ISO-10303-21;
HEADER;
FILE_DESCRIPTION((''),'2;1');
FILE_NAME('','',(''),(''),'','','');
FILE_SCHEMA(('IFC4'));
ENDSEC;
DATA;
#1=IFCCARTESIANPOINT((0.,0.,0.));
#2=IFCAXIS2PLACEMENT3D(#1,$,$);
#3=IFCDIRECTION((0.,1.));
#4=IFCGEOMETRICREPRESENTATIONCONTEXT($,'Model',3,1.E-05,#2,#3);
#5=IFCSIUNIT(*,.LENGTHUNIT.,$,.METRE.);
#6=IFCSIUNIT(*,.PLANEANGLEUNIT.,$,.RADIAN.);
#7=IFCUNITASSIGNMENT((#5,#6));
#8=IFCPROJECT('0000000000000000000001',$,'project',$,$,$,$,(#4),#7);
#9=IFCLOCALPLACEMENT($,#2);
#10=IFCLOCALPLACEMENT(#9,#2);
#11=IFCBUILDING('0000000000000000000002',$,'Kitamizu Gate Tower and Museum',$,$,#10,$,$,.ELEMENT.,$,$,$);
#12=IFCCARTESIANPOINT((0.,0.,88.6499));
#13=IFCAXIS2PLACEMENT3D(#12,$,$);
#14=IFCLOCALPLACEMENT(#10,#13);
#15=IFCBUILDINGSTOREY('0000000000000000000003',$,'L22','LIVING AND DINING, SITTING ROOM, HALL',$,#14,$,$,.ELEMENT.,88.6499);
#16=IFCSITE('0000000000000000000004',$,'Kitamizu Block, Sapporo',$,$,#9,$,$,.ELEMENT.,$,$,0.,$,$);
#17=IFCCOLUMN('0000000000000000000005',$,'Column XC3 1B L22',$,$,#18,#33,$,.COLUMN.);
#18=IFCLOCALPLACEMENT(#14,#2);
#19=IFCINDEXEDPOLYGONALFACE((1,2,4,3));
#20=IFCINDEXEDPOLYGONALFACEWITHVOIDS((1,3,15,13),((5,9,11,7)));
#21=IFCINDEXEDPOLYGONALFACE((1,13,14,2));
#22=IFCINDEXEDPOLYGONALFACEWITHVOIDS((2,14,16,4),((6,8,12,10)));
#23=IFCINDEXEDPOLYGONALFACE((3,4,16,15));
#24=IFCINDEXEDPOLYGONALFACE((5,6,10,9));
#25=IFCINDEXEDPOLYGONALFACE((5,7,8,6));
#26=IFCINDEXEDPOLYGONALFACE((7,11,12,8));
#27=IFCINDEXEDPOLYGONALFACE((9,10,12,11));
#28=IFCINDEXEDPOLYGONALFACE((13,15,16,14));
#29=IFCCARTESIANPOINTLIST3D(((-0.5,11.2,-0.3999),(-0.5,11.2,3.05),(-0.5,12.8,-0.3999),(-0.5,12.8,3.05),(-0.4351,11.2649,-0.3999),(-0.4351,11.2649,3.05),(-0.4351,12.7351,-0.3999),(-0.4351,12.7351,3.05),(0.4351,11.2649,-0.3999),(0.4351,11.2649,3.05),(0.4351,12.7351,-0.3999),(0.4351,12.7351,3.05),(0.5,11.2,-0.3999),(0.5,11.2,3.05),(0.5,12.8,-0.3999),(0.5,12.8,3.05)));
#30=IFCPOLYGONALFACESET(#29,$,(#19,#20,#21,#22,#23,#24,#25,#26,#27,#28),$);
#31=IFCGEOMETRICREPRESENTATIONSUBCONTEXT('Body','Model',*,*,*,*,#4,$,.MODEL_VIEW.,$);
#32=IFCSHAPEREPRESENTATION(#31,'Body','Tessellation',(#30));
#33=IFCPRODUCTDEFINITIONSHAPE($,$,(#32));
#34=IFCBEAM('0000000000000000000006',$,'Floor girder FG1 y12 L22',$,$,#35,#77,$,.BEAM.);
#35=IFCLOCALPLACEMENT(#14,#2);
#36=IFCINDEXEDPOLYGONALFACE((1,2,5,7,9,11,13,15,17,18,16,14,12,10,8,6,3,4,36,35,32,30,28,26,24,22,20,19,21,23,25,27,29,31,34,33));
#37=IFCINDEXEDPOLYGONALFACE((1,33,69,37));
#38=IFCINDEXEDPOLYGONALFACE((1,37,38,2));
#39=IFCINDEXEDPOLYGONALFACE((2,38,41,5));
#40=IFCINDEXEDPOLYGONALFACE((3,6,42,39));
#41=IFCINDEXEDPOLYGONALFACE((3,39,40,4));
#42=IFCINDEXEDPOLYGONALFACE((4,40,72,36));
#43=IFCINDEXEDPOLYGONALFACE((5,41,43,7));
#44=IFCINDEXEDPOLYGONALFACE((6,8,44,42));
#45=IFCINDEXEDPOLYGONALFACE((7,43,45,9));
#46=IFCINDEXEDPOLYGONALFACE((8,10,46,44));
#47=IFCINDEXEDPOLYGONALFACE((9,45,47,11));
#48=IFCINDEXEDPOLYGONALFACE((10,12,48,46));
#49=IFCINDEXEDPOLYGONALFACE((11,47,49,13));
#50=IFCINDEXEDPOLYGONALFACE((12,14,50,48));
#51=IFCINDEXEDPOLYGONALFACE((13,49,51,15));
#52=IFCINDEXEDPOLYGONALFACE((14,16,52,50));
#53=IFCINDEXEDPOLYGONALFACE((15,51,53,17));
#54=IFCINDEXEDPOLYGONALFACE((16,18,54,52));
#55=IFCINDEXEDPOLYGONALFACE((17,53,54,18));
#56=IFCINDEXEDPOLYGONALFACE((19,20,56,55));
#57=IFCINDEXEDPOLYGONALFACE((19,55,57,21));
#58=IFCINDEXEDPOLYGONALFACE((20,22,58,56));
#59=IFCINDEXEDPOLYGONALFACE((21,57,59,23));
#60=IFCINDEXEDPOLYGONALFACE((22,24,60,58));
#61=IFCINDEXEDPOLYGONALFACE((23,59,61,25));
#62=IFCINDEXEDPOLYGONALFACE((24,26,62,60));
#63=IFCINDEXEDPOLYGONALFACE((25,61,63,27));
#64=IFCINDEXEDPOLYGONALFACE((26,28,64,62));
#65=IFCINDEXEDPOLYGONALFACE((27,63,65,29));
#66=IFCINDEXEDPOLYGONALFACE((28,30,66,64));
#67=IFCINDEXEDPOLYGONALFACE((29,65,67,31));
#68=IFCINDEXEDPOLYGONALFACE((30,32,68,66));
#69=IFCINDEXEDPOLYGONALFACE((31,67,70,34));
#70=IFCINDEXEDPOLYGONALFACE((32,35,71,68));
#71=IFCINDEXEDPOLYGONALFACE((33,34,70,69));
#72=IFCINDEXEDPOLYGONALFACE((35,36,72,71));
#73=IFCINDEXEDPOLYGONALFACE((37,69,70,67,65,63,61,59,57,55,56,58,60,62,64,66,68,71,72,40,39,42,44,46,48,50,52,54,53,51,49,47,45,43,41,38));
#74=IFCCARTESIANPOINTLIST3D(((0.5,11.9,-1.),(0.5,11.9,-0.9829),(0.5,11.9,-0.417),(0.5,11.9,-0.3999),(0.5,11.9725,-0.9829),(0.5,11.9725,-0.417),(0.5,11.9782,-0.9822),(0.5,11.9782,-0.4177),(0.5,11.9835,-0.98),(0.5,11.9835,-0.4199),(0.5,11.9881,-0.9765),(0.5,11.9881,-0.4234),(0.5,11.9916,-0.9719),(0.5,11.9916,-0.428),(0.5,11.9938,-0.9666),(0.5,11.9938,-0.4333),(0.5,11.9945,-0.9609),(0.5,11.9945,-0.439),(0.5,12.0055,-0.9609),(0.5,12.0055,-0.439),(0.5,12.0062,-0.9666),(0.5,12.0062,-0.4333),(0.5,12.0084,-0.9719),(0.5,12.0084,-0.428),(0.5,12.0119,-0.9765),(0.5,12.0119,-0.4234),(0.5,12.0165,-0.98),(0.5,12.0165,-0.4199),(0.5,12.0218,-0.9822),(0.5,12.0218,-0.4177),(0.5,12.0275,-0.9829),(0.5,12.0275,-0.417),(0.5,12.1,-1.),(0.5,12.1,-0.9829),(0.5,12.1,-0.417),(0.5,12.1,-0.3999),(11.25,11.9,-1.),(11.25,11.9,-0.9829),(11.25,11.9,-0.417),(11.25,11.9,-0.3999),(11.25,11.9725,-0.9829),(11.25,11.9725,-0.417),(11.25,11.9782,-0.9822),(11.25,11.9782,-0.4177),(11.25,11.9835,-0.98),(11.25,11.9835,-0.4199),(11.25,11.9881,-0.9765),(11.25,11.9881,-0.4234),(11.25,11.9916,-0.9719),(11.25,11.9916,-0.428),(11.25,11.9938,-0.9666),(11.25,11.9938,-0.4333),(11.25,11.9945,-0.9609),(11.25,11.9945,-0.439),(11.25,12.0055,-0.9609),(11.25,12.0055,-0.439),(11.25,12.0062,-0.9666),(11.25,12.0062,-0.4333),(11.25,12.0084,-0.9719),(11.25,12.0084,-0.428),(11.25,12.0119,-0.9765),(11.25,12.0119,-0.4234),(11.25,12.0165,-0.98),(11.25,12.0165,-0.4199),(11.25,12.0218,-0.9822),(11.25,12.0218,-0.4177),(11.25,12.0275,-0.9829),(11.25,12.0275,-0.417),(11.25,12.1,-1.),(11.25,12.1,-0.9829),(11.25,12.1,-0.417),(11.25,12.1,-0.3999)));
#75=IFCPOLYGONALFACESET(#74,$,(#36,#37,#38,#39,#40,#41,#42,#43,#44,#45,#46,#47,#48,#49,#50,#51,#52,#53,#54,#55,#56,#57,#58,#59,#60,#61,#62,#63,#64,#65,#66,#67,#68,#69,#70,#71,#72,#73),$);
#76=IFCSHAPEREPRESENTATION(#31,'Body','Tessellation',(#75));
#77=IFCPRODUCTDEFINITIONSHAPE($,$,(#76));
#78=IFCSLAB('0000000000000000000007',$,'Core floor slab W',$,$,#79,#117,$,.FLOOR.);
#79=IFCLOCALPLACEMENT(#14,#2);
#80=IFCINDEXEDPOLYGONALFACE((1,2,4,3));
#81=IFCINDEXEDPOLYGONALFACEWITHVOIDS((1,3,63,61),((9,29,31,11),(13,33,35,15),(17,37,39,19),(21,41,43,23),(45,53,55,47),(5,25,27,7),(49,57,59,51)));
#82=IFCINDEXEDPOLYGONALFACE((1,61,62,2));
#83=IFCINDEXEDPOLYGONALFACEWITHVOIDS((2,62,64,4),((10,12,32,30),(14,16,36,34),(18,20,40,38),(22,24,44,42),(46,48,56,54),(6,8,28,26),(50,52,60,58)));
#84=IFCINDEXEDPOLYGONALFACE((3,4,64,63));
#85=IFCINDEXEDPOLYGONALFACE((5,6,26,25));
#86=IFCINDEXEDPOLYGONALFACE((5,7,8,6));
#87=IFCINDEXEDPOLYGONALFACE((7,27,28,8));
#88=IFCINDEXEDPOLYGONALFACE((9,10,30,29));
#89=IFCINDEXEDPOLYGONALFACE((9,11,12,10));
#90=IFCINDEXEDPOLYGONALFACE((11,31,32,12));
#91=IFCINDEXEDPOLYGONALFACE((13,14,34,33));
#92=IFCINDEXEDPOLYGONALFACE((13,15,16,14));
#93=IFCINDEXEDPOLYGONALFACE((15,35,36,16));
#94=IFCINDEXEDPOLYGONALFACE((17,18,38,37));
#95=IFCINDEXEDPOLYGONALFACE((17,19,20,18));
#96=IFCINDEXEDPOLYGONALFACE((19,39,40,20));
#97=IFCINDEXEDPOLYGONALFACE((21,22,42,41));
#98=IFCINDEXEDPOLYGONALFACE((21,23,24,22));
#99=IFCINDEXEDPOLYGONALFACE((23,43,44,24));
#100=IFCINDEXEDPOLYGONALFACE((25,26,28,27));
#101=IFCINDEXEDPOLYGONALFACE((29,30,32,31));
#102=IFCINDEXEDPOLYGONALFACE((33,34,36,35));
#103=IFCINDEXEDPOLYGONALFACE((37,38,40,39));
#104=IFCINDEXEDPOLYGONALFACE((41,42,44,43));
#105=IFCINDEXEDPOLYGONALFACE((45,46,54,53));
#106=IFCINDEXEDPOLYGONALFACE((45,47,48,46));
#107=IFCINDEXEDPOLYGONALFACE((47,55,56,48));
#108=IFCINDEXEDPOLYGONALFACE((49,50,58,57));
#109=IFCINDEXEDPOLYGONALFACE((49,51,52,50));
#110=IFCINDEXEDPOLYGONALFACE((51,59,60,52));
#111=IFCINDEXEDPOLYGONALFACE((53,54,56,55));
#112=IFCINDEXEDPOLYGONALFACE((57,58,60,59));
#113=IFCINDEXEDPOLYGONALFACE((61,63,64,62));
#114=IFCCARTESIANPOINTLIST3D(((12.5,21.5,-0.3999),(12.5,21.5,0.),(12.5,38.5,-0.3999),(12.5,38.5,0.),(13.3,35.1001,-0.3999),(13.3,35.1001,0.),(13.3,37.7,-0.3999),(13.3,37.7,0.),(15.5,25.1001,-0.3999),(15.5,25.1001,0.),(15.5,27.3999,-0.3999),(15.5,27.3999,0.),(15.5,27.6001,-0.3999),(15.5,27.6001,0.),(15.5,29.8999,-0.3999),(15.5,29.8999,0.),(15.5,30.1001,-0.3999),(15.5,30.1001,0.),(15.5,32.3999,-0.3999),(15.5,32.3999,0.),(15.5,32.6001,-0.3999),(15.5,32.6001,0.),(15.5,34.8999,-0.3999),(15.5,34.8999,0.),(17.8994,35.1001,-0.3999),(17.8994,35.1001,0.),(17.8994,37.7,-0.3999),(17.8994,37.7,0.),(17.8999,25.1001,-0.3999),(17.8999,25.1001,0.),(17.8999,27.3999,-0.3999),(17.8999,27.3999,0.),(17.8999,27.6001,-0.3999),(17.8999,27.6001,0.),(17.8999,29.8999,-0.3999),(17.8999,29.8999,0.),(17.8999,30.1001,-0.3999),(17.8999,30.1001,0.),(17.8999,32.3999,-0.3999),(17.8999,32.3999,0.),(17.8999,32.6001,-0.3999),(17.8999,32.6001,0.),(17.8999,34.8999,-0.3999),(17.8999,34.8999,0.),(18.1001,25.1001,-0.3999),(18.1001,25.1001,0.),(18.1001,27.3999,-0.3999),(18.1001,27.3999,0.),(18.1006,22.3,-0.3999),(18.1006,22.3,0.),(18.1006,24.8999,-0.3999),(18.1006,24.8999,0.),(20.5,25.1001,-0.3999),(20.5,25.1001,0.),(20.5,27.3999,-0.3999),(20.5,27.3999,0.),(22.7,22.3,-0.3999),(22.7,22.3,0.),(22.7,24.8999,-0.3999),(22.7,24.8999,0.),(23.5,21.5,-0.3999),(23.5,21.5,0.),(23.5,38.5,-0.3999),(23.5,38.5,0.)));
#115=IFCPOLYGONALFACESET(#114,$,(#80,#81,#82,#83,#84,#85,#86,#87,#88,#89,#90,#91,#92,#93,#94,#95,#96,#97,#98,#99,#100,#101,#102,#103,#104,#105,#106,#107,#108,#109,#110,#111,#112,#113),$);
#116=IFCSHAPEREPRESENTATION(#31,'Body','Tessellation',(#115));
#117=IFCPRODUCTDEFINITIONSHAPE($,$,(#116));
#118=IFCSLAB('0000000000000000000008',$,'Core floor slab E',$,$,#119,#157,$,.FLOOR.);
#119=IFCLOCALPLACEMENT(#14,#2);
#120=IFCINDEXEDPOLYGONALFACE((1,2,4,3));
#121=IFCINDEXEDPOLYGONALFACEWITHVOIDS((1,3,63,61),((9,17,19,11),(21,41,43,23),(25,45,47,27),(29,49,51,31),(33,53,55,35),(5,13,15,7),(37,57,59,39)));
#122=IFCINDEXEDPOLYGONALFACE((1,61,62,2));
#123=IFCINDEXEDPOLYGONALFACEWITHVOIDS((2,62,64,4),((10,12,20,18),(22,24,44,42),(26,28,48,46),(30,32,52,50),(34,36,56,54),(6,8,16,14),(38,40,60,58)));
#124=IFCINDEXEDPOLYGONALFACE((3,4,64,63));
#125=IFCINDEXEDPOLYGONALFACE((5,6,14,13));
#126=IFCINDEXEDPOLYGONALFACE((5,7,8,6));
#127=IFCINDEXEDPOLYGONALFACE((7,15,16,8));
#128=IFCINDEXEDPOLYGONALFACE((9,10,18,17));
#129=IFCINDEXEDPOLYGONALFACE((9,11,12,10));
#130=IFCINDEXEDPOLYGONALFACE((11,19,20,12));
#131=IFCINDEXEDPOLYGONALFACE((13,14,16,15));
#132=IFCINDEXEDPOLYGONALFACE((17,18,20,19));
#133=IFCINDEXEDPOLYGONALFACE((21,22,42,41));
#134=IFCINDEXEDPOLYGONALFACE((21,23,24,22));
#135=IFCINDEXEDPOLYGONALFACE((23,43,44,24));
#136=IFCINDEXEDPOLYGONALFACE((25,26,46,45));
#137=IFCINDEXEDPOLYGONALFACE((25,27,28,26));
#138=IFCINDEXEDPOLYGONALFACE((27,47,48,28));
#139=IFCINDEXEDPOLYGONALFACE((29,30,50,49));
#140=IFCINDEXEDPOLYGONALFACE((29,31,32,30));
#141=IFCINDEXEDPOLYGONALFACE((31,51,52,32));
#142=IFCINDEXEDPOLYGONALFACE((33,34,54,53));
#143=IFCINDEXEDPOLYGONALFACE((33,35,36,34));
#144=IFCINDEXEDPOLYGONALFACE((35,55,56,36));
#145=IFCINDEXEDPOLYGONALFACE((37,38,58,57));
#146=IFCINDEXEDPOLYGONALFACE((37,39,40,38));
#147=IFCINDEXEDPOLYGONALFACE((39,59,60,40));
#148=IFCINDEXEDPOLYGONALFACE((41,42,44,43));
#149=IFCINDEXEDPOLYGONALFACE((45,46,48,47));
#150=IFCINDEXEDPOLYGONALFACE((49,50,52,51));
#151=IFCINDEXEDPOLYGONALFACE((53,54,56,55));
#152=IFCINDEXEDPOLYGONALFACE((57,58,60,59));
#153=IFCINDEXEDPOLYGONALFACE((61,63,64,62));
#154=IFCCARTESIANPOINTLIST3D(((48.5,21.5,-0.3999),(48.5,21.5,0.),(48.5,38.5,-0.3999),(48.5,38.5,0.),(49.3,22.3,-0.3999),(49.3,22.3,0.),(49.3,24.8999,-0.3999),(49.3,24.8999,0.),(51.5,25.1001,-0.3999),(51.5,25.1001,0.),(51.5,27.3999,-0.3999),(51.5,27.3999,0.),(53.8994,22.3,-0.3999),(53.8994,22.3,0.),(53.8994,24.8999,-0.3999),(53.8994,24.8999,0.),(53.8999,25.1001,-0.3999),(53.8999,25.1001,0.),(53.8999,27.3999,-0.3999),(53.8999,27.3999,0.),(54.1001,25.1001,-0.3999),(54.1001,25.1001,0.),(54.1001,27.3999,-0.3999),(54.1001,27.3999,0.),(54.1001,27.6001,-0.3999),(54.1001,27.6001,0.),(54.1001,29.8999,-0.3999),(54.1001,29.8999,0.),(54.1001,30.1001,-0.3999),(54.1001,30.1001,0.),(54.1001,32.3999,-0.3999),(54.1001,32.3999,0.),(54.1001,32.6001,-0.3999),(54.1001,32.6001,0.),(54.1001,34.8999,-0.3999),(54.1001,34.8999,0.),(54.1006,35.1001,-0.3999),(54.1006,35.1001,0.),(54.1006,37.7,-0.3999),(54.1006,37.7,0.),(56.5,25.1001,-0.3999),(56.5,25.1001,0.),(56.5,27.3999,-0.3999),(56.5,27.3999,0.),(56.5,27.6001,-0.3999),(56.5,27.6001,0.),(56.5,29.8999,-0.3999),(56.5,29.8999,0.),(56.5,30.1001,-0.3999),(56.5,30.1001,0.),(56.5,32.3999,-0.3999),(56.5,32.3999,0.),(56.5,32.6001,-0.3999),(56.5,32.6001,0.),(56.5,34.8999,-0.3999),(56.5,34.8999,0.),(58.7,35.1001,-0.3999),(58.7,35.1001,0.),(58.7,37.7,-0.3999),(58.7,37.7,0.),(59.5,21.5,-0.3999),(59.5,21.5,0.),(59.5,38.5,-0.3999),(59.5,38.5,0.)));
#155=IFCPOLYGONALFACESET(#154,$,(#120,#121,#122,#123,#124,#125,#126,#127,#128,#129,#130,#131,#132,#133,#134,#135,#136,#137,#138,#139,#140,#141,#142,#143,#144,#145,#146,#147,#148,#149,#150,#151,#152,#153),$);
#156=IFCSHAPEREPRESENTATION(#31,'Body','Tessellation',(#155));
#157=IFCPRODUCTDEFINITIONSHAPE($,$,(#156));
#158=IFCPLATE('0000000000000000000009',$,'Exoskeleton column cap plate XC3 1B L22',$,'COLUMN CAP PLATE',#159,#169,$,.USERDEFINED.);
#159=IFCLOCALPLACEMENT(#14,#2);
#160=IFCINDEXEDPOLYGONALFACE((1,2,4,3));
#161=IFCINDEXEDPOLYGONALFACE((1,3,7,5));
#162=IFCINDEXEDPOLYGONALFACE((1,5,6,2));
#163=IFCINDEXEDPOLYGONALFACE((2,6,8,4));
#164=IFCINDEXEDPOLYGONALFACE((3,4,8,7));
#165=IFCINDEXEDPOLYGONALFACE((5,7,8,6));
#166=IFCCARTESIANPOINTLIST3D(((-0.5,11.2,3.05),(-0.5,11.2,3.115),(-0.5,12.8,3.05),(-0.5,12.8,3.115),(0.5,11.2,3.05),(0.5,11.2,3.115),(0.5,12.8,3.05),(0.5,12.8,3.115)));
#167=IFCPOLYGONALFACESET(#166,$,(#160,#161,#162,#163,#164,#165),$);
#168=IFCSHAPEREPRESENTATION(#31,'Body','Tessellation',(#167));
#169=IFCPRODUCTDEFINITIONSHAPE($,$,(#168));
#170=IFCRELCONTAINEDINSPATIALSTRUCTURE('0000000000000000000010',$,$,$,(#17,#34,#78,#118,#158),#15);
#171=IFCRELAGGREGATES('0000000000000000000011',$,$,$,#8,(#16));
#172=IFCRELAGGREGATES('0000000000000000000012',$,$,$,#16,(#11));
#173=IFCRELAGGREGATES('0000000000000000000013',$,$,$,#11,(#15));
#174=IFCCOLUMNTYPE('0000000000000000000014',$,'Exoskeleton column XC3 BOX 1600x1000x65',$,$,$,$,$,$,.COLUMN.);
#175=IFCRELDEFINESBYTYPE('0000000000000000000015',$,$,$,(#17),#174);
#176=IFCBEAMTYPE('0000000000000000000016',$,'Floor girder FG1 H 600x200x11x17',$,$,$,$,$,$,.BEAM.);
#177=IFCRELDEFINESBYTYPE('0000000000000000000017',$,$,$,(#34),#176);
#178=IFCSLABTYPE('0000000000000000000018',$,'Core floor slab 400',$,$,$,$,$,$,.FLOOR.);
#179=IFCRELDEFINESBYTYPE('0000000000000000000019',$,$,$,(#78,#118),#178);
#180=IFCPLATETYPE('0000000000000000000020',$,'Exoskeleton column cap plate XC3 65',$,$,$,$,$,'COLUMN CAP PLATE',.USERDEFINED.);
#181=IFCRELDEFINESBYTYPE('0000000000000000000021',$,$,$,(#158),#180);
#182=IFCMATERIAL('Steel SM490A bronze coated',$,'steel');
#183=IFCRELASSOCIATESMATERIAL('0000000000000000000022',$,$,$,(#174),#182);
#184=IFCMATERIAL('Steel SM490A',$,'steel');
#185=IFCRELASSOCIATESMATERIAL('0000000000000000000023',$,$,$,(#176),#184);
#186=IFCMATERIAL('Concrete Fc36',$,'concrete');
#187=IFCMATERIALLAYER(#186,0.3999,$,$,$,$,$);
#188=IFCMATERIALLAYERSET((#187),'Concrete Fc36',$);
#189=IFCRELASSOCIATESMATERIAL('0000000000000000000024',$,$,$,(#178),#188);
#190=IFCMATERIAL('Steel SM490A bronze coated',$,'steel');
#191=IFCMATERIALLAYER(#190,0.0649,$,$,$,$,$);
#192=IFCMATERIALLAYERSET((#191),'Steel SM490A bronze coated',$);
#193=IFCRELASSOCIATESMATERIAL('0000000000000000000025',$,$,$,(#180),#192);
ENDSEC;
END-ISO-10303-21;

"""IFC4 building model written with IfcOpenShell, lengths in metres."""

from ifc_helpers import new_model, si_unit, direction, frame, origin, origin_2d, place, context, subcontext, project, spatial, polyline, rectangle, hollow_rectangle, i_section, outline, extrude, material, layer, layer_set, material_profile, profile_set, type_object, element, save


model = new_model("IFC4")

# Units and contexts
model_context = context("Model", 3, precision=1e-05, world=origin(), true_north=direction((0.0, 1.0)))
body_context = subcontext(model_context, "Body", "Model", "MODEL_VIEW")
ifc_project = project(units=[si_unit("LENGTHUNIT", "METRE"), si_unit("PLANEANGLEUNIT", "RADIAN")], contexts=[model_context])

# Site, building, storey
site_placement = place(None, origin())
site = spatial("IfcSite", under=ifc_project, at=site_placement, Name="Kitamizu Block, Sapporo", CompositionType="ELEMENT", RefElevation=0.0)
building_placement = place(site_placement, origin())
building = spatial("IfcBuilding", under=site, at=building_placement, Name="Kitamizu Gate Tower and Museum", CompositionType="ELEMENT")
storey_placement = place(building_placement, frame((0.0, 0.0, 88.6499)))
storey = spatial("IfcBuildingStorey", under=building, at=storey_placement, Name="L22", Description="LIVING AND DINING, SITTING ROOM, HALL", CompositionType="ELEMENT", Elevation=88.6499)

# Column
ifc_material_1 = material(Name="Steel SM490A bronze coated", Category="steel")
ifc_material_profile_1 = material_profile(ifc_material_1, hollow_rectangle(XDim=1.6001, YDim=1.0, WallThickness=0.0649, at=origin_2d()), Name="BOX 1600x1000x65")
ifc_profile_set_1 = profile_set([ifc_material_profile_1], Name="Steel SM490A bronze coated")
column_type = type_object("IfcColumnType", Name="Exoskeleton column XC3 BOX 1600x1000x65", PredefinedType="COLUMN", material=ifc_profile_set_1)
column_placement = place(storey_placement, frame((0.0, 12.0, -0.3999), z_axis=(0.0, 0.0, 1.0), x_axis=(0.0, 1.0, 0.0)))
element("IfcColumn", 1, at=column_placement, inside=storey, type_object=column_type, Name="Column XC3 1B L22", PredefinedType="COLUMN", context=body_context, shape_type="SweptSolid", body=[
    extrude(hollow_rectangle(XDim=1.6001, YDim=1.0, WallThickness=0.0649, at=origin_2d()), origin(), (0.0, 0.0, 1.0), 3.45),
])

# Beam
ifc_material_2 = material(Name="Steel SM490A", Category="steel")
ifc_material_profile_2 = material_profile(ifc_material_2, i_section(OverallWidth=0.2, OverallDepth=0.6001, WebThickness=0.011, FlangeThickness=0.0171, FilletRadius=0.022, at=origin_2d()), Name="H-600x200x11x17")
ifc_profile_set_2 = profile_set([ifc_material_profile_2], Name="Steel SM490A")
beam_type = type_object("IfcBeamType", Name="Floor girder FG1 H 600x200x11x17", PredefinedType="BEAM", material=ifc_profile_set_2)
beam_placement = place(storey_placement, frame((0.5, 12.0, -0.7), z_axis=(1.0, 0.0, 0.0), x_axis=(0.0, 1.0, 0.0)))
element("IfcBeam", 2, at=beam_placement, inside=storey, type_object=beam_type, Name="Floor girder FG1 y12 L22", PredefinedType="BEAM", context=body_context, shape_type="SweptSolid", body=[
    extrude(i_section(OverallWidth=0.2, OverallDepth=0.6001, WebThickness=0.011, FlangeThickness=0.0171, FilletRadius=0.022, at=origin_2d()), origin(), (0.0, 0.0, 1.0), 10.75),
])

# Slabs
ifc_material_3 = material(Name="Concrete Fc36", Category="concrete")
ifc_layer_1 = layer(ifc_material_3, 0.3999)
ifc_layer_set_1 = layer_set([ifc_layer_1], Name="Concrete Fc36")
slab_type_1 = type_object("IfcSlabType", Name="Core floor slab 400", PredefinedType="FLOOR", material=ifc_layer_set_1)
slab_1_placement = place(storey_placement, frame((0.0, 0.0, -0.3999)))
element("IfcSlab", 3, at=slab_1_placement, inside=storey, type_object=slab_type_1, Name="Core floor slab W", PredefinedType="FLOOR", context=body_context, shape_type="SweptSolid", body=[
    extrude(outline(polyline([(12.5, 21.5), (23.5, 21.5), (23.5, 38.5), (12.5, 38.5), (12.5, 21.5)]), holes=[polyline([(15.5, 25.1001), (17.8999, 25.1001), (17.8999, 27.3999), (15.5, 27.3999), (15.5, 25.1001)]), polyline([(15.5, 27.6001), (17.8999, 27.6001), (17.8999, 29.8999), (15.5, 29.8999), (15.5, 27.6001)]), polyline([(15.5, 30.1001), (17.8999, 30.1001), (17.8999, 32.3999), (15.5, 32.3999), (15.5, 30.1001)]), polyline([(15.5, 32.6001), (17.8999, 32.6001), (17.8999, 34.8999), (15.5, 34.8999), (15.5, 32.6001)]), polyline([(18.1001, 25.1001), (20.5, 25.1001), (20.5, 27.3999), (18.1001, 27.3999), (18.1001, 25.1001)]), polyline([(18.1006, 22.3), (22.7, 22.3), (22.7, 24.8999), (18.1006, 24.8999), (18.1006, 22.3)]), polyline([(13.3, 35.1001), (17.8994, 35.1001), (17.8994, 37.7), (13.3, 37.7), (13.3, 35.1001)])]), origin(), (0.0, 0.0, 1.0), 0.3999),
])
slab_2_placement = place(storey_placement, frame((0.0, 0.0, -0.3999)))
element("IfcSlab", 4, at=slab_2_placement, inside=storey, type_object=slab_type_1, Name="Core floor slab E", PredefinedType="FLOOR", context=body_context, shape_type="SweptSolid", body=[
    extrude(outline(polyline([(48.5, 21.5), (59.5, 21.5), (59.5, 38.5), (48.5, 38.5), (48.5, 21.5)]), holes=[polyline([(54.1001, 25.1001), (56.5, 25.1001), (56.5, 27.3999), (54.1001, 27.3999), (54.1001, 25.1001)]), polyline([(54.1001, 27.6001), (56.5, 27.6001), (56.5, 29.8999), (54.1001, 29.8999), (54.1001, 27.6001)]), polyline([(54.1001, 30.1001), (56.5, 30.1001), (56.5, 32.3999), (54.1001, 32.3999), (54.1001, 30.1001)]), polyline([(54.1001, 32.6001), (56.5, 32.6001), (56.5, 34.8999), (54.1001, 34.8999), (54.1001, 32.6001)]), polyline([(51.5, 25.1001), (53.8999, 25.1001), (53.8999, 27.3999), (51.5, 27.3999), (51.5, 25.1001)]), polyline([(49.3, 22.3), (53.8994, 22.3), (53.8994, 24.8999), (49.3, 24.8999), (49.3, 22.3)]), polyline([(54.1006, 35.1001), (58.7, 35.1001), (58.7, 37.7), (54.1006, 37.7), (54.1006, 35.1001)])]), origin(), (0.0, 0.0, 1.0), 0.3999),
])

# Plate
ifc_material_4 = material(Name="Steel SM490A bronze coated", Category="steel")
ifc_layer_2 = layer(ifc_material_4, 0.0649)
ifc_layer_set_2 = layer_set([ifc_layer_2], Name="Steel SM490A bronze coated")
plate_type = type_object("IfcPlateType", Name="Exoskeleton column cap plate XC3 65", ElementType="COLUMN CAP PLATE", PredefinedType="USERDEFINED", material=ifc_layer_set_2)
plate_placement = place(storey_placement, frame((0.0, 12.0, 3.05), z_axis=(0.0, 0.0, 1.0), x_axis=(0.0, 1.0, 0.0)))
element("IfcPlate", 5, at=plate_placement, inside=storey, type_object=plate_type, Name="Exoskeleton column cap plate XC3 1B L22", ObjectType="COLUMN CAP PLATE", PredefinedType="USERDEFINED", context=body_context, shape_type="SweptSolid", body=[
    extrude(rectangle(XDim=1.6001, YDim=1.0, at=origin_2d()), origin(), (0.0, 0.0, 1.0), 0.0649),
])

save(model, "model.ifc")
